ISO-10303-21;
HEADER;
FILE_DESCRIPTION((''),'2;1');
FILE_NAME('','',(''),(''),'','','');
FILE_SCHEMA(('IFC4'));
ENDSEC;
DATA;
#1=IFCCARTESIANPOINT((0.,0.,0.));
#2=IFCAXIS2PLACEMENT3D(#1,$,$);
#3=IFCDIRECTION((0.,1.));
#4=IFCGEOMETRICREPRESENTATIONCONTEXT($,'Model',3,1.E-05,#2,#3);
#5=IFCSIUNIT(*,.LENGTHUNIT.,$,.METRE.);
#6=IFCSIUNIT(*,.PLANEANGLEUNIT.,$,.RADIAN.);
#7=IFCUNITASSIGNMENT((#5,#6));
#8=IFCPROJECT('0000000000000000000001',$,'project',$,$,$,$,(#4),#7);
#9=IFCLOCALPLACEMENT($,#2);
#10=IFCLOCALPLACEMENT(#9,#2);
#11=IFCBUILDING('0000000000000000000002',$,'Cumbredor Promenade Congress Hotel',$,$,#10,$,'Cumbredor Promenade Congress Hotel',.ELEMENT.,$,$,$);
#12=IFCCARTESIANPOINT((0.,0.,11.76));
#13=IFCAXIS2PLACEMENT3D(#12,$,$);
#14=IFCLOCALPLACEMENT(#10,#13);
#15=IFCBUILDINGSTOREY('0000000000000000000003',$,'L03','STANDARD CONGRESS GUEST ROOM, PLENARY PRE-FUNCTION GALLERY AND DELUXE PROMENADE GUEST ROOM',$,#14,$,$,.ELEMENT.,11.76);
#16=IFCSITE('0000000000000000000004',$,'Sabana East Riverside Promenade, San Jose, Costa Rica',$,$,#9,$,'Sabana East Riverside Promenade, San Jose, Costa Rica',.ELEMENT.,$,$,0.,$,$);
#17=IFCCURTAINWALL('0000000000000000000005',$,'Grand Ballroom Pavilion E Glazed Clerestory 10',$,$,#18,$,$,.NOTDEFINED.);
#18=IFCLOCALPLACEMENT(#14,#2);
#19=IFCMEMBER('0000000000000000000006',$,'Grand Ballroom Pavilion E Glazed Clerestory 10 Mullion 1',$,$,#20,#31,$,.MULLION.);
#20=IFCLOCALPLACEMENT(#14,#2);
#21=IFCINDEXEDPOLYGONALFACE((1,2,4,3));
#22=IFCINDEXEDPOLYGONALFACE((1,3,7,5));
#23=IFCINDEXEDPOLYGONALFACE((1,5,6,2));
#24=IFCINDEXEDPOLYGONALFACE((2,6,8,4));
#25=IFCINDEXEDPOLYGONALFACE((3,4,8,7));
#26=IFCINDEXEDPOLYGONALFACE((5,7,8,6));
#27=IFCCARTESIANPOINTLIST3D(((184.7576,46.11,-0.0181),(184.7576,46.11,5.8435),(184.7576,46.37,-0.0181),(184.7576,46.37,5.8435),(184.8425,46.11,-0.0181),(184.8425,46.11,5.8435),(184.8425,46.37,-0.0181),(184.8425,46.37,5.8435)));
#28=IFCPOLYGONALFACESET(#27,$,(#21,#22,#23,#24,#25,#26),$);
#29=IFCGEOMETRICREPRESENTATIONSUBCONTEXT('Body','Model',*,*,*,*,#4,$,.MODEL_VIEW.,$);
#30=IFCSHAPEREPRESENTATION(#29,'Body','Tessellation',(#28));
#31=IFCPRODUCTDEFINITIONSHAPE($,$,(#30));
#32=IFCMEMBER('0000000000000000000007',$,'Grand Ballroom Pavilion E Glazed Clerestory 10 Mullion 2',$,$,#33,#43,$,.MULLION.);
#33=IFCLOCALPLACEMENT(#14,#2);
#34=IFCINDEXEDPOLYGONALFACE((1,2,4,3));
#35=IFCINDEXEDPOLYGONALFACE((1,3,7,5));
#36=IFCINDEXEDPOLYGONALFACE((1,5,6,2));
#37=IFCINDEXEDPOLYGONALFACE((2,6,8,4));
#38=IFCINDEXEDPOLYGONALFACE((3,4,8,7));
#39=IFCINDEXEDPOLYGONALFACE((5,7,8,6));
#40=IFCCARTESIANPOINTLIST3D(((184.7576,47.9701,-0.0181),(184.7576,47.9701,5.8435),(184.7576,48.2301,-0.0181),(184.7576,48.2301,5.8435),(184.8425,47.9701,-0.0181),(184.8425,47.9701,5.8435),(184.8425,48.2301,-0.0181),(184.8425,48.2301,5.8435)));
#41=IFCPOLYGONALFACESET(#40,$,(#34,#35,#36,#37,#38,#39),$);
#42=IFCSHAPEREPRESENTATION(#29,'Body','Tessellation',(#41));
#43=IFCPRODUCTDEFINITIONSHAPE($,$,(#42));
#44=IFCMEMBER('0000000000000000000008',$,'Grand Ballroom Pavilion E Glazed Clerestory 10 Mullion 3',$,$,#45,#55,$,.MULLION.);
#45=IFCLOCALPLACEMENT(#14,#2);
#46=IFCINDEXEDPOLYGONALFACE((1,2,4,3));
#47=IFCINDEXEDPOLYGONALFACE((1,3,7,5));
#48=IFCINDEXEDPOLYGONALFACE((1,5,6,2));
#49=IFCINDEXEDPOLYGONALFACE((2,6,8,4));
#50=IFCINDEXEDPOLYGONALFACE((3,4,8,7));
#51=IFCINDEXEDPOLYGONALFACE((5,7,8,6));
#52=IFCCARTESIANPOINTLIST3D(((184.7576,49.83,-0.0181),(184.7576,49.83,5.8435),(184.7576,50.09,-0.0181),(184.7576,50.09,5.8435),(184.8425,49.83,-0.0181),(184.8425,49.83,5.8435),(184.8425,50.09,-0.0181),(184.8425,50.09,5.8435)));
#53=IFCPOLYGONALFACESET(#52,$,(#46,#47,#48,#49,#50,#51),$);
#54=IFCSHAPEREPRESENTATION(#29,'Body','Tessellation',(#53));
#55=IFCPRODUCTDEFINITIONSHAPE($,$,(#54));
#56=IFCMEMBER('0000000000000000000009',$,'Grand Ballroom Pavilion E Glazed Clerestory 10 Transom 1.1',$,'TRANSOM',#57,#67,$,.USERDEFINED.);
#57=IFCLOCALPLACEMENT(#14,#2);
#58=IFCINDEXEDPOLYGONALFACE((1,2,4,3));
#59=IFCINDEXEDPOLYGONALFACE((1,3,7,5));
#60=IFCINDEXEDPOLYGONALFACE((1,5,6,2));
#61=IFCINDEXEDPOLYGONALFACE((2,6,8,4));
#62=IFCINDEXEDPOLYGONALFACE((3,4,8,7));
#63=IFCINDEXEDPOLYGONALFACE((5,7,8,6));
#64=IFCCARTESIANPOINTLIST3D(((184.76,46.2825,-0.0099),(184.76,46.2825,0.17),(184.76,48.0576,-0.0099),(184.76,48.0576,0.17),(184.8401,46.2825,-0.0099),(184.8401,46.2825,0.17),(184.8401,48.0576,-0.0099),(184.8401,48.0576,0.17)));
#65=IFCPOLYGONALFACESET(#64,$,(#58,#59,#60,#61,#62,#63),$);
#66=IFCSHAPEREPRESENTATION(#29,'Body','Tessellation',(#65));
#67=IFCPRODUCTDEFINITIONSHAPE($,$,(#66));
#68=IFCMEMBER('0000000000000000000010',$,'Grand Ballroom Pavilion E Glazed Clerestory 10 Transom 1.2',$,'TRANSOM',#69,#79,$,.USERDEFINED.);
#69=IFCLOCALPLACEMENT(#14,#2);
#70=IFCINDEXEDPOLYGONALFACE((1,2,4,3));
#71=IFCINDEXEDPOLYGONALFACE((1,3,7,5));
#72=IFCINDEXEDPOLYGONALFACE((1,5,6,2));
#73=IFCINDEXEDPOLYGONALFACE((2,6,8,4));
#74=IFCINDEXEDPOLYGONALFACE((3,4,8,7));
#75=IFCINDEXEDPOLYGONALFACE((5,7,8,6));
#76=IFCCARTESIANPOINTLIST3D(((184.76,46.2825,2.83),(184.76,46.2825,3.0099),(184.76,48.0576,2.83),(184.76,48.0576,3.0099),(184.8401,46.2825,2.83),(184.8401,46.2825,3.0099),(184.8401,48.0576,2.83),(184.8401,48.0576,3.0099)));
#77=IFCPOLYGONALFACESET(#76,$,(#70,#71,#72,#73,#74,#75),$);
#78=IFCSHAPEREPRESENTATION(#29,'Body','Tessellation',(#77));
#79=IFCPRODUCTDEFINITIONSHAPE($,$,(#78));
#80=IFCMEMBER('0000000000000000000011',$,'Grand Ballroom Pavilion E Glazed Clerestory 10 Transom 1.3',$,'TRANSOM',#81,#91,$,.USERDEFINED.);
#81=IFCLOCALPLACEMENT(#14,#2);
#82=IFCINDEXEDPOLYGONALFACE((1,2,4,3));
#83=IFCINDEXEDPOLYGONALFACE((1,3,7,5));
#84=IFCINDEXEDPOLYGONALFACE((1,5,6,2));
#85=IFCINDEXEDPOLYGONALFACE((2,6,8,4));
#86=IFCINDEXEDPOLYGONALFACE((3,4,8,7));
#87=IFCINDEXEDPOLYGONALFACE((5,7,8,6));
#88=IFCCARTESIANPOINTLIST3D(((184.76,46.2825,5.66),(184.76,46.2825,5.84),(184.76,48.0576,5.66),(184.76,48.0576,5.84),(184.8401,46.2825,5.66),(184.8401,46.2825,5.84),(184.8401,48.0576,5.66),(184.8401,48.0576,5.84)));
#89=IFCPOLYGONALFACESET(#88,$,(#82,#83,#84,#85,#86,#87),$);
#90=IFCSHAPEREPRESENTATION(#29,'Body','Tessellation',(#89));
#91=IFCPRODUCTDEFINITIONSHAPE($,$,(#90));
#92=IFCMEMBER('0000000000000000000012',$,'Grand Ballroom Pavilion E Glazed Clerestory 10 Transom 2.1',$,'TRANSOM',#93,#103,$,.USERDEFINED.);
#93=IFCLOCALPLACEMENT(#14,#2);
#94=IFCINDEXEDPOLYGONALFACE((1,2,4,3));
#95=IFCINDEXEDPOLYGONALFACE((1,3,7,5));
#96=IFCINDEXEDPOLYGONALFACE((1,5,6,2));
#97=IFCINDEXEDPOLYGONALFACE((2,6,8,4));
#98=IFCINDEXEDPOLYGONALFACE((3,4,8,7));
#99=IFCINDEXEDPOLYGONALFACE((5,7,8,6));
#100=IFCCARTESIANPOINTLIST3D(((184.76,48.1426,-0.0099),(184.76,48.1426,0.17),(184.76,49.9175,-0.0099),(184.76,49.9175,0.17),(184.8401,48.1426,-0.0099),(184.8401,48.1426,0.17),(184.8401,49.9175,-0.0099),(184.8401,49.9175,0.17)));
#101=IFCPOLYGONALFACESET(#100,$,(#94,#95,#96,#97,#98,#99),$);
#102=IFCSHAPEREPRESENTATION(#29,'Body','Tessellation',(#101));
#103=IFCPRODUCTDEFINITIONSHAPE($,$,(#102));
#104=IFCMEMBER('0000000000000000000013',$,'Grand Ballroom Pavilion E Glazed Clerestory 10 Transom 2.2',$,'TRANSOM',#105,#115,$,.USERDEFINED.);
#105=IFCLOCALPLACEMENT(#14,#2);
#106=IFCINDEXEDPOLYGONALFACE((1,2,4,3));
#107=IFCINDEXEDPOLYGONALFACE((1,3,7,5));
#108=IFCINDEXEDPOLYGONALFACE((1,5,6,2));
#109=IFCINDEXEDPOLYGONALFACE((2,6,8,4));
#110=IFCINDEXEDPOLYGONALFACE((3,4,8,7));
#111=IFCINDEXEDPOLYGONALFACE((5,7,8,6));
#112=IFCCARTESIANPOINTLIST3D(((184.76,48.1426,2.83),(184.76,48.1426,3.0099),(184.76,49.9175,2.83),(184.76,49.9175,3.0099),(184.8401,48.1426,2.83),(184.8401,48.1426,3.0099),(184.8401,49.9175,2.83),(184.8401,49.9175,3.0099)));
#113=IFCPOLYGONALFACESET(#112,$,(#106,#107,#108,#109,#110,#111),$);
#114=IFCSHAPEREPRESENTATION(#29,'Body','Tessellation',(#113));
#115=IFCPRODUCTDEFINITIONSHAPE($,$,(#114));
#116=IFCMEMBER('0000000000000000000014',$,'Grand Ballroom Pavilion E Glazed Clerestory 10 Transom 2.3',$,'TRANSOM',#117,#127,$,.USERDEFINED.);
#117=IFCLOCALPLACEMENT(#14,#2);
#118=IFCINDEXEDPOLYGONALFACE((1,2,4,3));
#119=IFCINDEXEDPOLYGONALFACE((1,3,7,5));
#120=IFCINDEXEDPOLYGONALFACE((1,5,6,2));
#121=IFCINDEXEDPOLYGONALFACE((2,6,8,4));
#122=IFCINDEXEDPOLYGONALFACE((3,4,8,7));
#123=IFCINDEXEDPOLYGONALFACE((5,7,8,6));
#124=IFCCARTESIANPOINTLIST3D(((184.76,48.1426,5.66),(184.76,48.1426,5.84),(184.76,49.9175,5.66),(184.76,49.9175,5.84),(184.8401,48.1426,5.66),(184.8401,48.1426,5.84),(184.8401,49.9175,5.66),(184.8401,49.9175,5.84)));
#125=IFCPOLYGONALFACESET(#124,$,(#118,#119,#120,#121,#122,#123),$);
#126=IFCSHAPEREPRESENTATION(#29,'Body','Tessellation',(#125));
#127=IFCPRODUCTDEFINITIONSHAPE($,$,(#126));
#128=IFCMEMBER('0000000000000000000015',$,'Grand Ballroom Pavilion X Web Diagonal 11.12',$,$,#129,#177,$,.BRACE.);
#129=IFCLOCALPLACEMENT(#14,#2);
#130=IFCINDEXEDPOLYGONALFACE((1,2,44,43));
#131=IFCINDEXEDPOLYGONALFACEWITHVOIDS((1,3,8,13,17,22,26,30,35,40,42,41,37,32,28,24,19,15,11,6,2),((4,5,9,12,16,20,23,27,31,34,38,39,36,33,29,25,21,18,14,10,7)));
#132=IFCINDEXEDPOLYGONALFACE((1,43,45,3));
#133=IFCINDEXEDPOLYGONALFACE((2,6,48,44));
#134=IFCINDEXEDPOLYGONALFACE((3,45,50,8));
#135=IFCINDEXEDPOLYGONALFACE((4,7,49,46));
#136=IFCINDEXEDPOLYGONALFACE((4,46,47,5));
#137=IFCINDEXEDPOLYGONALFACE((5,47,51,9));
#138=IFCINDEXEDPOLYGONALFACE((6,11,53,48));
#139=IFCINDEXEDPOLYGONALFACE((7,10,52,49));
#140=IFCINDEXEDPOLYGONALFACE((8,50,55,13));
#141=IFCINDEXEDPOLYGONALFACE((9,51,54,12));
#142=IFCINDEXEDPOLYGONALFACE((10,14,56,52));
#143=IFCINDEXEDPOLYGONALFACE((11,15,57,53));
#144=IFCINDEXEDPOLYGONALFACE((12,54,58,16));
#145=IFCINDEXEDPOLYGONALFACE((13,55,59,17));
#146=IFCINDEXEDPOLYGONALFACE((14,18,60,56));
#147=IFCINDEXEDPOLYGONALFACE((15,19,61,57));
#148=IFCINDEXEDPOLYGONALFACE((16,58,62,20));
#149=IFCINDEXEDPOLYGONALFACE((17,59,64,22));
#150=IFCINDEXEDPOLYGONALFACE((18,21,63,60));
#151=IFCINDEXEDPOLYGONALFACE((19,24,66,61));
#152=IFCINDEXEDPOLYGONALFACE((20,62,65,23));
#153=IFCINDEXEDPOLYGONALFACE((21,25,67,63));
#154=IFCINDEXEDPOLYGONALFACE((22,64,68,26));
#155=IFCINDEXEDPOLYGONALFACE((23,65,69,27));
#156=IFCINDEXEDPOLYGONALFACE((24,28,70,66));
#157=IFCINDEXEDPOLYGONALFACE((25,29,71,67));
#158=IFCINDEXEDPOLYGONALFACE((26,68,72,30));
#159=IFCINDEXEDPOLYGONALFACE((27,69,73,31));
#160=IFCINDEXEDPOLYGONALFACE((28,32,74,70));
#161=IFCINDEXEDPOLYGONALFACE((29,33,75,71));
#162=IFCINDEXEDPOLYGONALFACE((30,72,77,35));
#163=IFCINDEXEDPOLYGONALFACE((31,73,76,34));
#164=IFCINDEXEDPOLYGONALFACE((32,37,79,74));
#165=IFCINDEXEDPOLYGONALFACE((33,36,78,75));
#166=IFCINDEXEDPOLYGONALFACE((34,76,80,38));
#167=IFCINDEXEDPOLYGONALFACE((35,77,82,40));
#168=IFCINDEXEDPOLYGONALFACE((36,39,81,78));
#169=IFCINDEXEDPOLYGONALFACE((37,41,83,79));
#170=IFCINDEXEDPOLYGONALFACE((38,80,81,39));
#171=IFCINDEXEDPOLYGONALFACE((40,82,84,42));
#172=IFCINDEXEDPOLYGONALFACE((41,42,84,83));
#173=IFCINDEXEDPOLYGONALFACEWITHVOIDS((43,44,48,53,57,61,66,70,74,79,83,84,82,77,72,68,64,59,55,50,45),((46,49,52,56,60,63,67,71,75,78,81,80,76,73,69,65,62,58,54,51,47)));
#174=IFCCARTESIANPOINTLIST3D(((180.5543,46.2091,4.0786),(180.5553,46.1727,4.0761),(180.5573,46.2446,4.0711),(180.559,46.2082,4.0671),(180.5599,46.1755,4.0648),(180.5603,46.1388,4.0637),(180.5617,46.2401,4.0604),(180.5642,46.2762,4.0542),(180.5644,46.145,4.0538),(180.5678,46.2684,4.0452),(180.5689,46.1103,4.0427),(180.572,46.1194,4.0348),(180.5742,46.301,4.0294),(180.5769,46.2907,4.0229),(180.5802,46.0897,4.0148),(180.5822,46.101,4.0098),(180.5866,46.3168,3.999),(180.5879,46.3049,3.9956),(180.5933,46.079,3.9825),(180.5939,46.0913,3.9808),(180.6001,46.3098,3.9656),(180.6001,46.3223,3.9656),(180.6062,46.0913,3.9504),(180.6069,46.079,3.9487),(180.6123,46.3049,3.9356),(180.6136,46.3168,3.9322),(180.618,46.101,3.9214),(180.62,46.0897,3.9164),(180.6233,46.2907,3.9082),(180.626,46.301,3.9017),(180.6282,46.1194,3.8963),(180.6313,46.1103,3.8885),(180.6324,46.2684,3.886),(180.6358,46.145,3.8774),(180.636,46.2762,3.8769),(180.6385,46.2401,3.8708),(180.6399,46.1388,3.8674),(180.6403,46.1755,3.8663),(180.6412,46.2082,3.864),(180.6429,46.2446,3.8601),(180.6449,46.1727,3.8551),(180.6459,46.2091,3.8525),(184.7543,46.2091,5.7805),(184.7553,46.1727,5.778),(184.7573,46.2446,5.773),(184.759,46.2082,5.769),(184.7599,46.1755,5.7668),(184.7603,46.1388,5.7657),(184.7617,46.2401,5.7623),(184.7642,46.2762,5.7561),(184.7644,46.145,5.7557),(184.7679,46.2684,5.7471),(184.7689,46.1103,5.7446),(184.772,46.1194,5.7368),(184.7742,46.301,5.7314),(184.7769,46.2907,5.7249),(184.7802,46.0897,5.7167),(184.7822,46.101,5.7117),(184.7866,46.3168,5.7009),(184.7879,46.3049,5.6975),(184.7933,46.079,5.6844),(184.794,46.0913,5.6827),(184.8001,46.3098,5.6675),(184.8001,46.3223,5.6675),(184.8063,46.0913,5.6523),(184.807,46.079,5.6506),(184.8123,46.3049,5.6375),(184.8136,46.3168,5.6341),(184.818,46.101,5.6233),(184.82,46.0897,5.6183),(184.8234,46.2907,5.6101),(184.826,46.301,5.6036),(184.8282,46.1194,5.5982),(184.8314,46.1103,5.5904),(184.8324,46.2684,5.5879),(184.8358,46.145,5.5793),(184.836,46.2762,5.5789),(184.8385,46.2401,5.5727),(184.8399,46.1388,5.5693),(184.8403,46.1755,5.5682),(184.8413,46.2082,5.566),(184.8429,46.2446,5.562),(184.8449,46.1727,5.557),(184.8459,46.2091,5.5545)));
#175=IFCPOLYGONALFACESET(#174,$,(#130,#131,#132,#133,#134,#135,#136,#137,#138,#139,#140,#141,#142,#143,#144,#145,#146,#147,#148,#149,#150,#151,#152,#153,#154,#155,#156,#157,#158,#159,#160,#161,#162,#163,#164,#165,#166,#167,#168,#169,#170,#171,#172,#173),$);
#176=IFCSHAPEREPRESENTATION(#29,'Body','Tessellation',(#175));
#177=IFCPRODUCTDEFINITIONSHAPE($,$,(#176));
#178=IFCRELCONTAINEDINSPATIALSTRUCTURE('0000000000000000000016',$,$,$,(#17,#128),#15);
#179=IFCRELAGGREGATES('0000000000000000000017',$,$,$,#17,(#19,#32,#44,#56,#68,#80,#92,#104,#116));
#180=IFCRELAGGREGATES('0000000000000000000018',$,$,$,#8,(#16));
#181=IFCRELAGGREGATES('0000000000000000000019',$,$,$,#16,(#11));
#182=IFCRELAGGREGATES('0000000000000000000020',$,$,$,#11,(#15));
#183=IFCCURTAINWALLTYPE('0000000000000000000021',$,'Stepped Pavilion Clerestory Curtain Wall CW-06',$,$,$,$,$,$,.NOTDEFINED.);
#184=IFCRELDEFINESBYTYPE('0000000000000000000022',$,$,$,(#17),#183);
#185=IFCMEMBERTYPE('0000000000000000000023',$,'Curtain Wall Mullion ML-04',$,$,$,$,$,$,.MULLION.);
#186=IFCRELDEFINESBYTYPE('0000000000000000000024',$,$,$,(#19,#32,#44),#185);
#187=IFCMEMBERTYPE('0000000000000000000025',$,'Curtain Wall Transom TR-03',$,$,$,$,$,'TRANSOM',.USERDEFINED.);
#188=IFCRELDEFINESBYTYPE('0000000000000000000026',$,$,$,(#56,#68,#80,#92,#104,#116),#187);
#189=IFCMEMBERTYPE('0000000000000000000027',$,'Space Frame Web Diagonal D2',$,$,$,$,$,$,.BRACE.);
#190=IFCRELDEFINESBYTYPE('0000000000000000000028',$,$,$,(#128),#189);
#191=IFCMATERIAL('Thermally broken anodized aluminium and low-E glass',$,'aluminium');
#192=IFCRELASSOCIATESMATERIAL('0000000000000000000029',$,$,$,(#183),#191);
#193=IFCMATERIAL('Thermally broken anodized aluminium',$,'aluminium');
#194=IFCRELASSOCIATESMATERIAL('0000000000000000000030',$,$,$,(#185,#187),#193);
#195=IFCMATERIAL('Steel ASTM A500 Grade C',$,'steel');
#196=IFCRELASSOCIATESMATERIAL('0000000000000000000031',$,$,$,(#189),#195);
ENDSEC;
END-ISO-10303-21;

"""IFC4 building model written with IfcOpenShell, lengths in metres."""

from ifc_helpers import new_model, si_unit, direction, frame, origin, origin_2d, place, context, subcontext, project, spatial, rectangle, hollow_circle, extrude, material, material_profile, profile_set, type_object, element, aggregate, save


model = new_model("IFC4")

# Units and contexts
model_context = context("Model", 3, precision=1e-05, world=origin(), true_north=direction((0.0, 1.0)))
body_context = subcontext(model_context, "Body", "Model", "MODEL_VIEW")
ifc_project = project(units=[si_unit("LENGTHUNIT", "METRE"), si_unit("PLANEANGLEUNIT", "RADIAN")], contexts=[model_context])

# Site, building, storey
site_placement = place(None, origin())
site = spatial("IfcSite", under=ifc_project, at=site_placement, Name="Sabana East Riverside Promenade, San Jose, Costa Rica", LongName="Sabana East Riverside Promenade, San Jose, Costa Rica", CompositionType="ELEMENT", RefElevation=0.0)
building_placement = place(site_placement, origin())
building = spatial("IfcBuilding", under=site, at=building_placement, Name="Cumbredor Promenade Congress Hotel", LongName="Cumbredor Promenade Congress Hotel", CompositionType="ELEMENT")
storey_placement = place(building_placement, frame((0.0, 0.0, 11.76)))
storey = spatial("IfcBuildingStorey", under=building, at=storey_placement, Name="L03", Description="STANDARD CONGRESS GUEST ROOM, PLENARY PRE-FUNCTION GALLERY AND DELUXE PROMENADE GUEST ROOM", CompositionType="ELEMENT", Elevation=11.76)

# Shared definitions
ifc_material_1 = material(Name="Steel ASTM A500 Grade C", Category="steel")

# Curtain wall, members
ifc_material_2 = material(Name="Thermally broken anodized aluminium and low-E glass", Category="aluminium")
curtain_wall_type = type_object("IfcCurtainWallType", Name="Stepped Pavilion Clerestory Curtain Wall CW-06", PredefinedType="NOTDEFINED", material=ifc_material_2)
curtain_wall_placement = place(storey_placement, origin())
curtain_wall = element("IfcCurtainWall", 1, at=curtain_wall_placement, inside=storey, type_object=curtain_wall_type, Name="Grand Ballroom Pavilion E Glazed Clerestory 10", PredefinedType="NOTDEFINED")
ifc_material_3 = material(Name="Thermally broken anodized aluminium", Category="aluminium")
ifc_material_profile_1 = material_profile(ifc_material_3, rectangle(XDim=0.085, YDim=0.26, at=origin_2d()), Name="ALU MULLION CLERESTORY 85x260")
ifc_profile_set_1 = profile_set([ifc_material_profile_1], Name="Thermally broken anodized aluminium")
member_type_1 = type_object("IfcMemberType", Name="Curtain Wall Mullion ML-04", PredefinedType="MULLION", material=ifc_profile_set_1)
member_1_placement = place(storey_placement, frame((184.8, 46.24, -0.0181), z_axis=(0.0, 0.0, 1.0), x_axis=(1.0, 0.0, 0.0)))
member_1 = element("IfcMember", 2, at=member_1_placement, type_object=member_type_1, Name="Grand Ballroom Pavilion E Glazed Clerestory 10 Mullion 1", PredefinedType="MULLION", context=body_context, shape_type="SweptSolid", body=[
    extrude(rectangle(XDim=0.085, YDim=0.26, at=origin_2d()), origin(), (0.0, 0.0, 1.0), 5.8616),
])
member_2_placement = place(storey_placement, frame((184.8, 48.1001, -0.0181), z_axis=(0.0, 0.0, 1.0), x_axis=(1.0, 0.0, 0.0)))
member_2 = element("IfcMember", 3, at=member_2_placement, type_object=member_type_1, Name="Grand Ballroom Pavilion E Glazed Clerestory 10 Mullion 2", PredefinedType="MULLION", context=body_context, shape_type="SweptSolid", body=[
    extrude(rectangle(XDim=0.085, YDim=0.26, at=origin_2d()), origin(), (0.0, 0.0, 1.0), 5.8616),
])
member_3_placement = place(storey_placement, frame((184.8, 49.96, -0.0181), z_axis=(0.0, 0.0, 1.0), x_axis=(1.0, 0.0, 0.0)))
member_3 = element("IfcMember", 4, at=member_3_placement, type_object=member_type_1, Name="Grand Ballroom Pavilion E Glazed Clerestory 10 Mullion 3", PredefinedType="MULLION", context=body_context, shape_type="SweptSolid", body=[
    extrude(rectangle(XDim=0.085, YDim=0.26, at=origin_2d()), origin(), (0.0, 0.0, 1.0), 5.8616),
])
ifc_material_profile_2 = material_profile(ifc_material_3, rectangle(XDim=0.0801, YDim=0.1799, at=origin_2d()), Name="ALU TRANSOM 80x180")
ifc_profile_set_2 = profile_set([ifc_material_profile_2], Name="Thermally broken anodized aluminium")
member_type_2 = type_object("IfcMemberType", Name="Curtain Wall Transom TR-03", ElementType="TRANSOM", PredefinedType="USERDEFINED", material=ifc_profile_set_2)
member_4_placement = place(storey_placement, frame((184.8, 46.2825, 0.0801), z_axis=(0.0, 1.0, 0.0), x_axis=(-1.0, 0.0, 0.0)))
member_4 = element("IfcMember", 5, at=member_4_placement, type_object=member_type_2, Name="Grand Ballroom Pavilion E Glazed Clerestory 10 Transom 1.1", ObjectType="TRANSOM", PredefinedType="USERDEFINED", context=body_context, shape_type="SweptSolid", body=[
    extrude(rectangle(XDim=0.0801, YDim=0.1799, at=origin_2d()), origin(), (0.0, 0.0, 1.0), 1.7751),
])
member_5_placement = place(storey_placement, frame((184.8, 46.2825, 2.9199), z_axis=(0.0, 1.0, 0.0), x_axis=(-1.0, 0.0, 0.0)))
member_5 = element("IfcMember", 6, at=member_5_placement, type_object=member_type_2, Name="Grand Ballroom Pavilion E Glazed Clerestory 10 Transom 1.2", ObjectType="TRANSOM", PredefinedType="USERDEFINED", context=body_context, shape_type="SweptSolid", body=[
    extrude(rectangle(XDim=0.0801, YDim=0.1799, at=origin_2d()), origin(), (0.0, 0.0, 1.0), 1.7751),
])
member_6_placement = place(storey_placement, frame((184.8, 46.2825, 5.75), z_axis=(0.0, 1.0, 0.0), x_axis=(-1.0, 0.0, 0.0)))
member_6 = element("IfcMember", 7, at=member_6_placement, type_object=member_type_2, Name="Grand Ballroom Pavilion E Glazed Clerestory 10 Transom 1.3", ObjectType="TRANSOM", PredefinedType="USERDEFINED", context=body_context, shape_type="SweptSolid", body=[
    extrude(rectangle(XDim=0.0801, YDim=0.1799, at=origin_2d()), origin(), (0.0, 0.0, 1.0), 1.7751),
])
member_7_placement = place(storey_placement, frame((184.8, 48.1426, 0.0801), z_axis=(0.0, 1.0, 0.0), x_axis=(-1.0, 0.0, 0.0)))
member_7 = element("IfcMember", 8, at=member_7_placement, type_object=member_type_2, Name="Grand Ballroom Pavilion E Glazed Clerestory 10 Transom 2.1", ObjectType="TRANSOM", PredefinedType="USERDEFINED", context=body_context, shape_type="SweptSolid", body=[
    extrude(rectangle(XDim=0.0801, YDim=0.1799, at=origin_2d()), origin(), (0.0, 0.0, 1.0), 1.7749),
])
member_8_placement = place(storey_placement, frame((184.8, 48.1426, 2.9199), z_axis=(0.0, 1.0, 0.0), x_axis=(-1.0, 0.0, 0.0)))
member_8 = element("IfcMember", 9, at=member_8_placement, type_object=member_type_2, Name="Grand Ballroom Pavilion E Glazed Clerestory 10 Transom 2.2", ObjectType="TRANSOM", PredefinedType="USERDEFINED", context=body_context, shape_type="SweptSolid", body=[
    extrude(rectangle(XDim=0.0801, YDim=0.1799, at=origin_2d()), origin(), (0.0, 0.0, 1.0), 1.7749),
])
member_9_placement = place(storey_placement, frame((184.8, 48.1426, 5.75), z_axis=(0.0, 1.0, 0.0), x_axis=(-1.0, 0.0, 0.0)))
member_9 = element("IfcMember", 10, at=member_9_placement, type_object=member_type_2, Name="Grand Ballroom Pavilion E Glazed Clerestory 10 Transom 2.3", ObjectType="TRANSOM", PredefinedType="USERDEFINED", context=body_context, shape_type="SweptSolid", body=[
    extrude(rectangle(XDim=0.0801, YDim=0.1799, at=origin_2d()), origin(), (0.0, 0.0, 1.0), 1.7749),
])

# Member
ifc_material_profile_3 = material_profile(ifc_material_1, hollow_circle(Radius=0.1223, WallThickness=0.0125, at=origin_2d()), Name="CHS 244.5x12.5")
ifc_profile_set_3 = profile_set([ifc_material_profile_3], Name="Steel ASTM A500 Grade C")
member_type_3 = type_object("IfcMemberType", Name="Space Frame Web Diagonal D2", PredefinedType="BRACE", material=ifc_profile_set_3)
member_10_placement = place(storey_placement, frame((180.6001, 46.2, 3.9656), z_axis=(0.926799, 0.0, 0.375558), x_axis=(0.0, 1.0, 0.0)))
element("IfcMember", 11, at=member_10_placement, inside=storey, type_object=member_type_3, Name="Grand Ballroom Pavilion X Web Diagonal 11.12", PredefinedType="BRACE", context=body_context, shape_type="SweptSolid", body=[
    extrude(hollow_circle(Radius=0.1223, WallThickness=0.0125, at=origin_2d()), origin(), (0.0, 0.0, 1.0), 4.5317),
])

aggregate(curtain_wall, [member_1, member_2, member_3, member_4, member_5, member_6, member_7, member_8, member_9])

save(model, "model.ifc")
